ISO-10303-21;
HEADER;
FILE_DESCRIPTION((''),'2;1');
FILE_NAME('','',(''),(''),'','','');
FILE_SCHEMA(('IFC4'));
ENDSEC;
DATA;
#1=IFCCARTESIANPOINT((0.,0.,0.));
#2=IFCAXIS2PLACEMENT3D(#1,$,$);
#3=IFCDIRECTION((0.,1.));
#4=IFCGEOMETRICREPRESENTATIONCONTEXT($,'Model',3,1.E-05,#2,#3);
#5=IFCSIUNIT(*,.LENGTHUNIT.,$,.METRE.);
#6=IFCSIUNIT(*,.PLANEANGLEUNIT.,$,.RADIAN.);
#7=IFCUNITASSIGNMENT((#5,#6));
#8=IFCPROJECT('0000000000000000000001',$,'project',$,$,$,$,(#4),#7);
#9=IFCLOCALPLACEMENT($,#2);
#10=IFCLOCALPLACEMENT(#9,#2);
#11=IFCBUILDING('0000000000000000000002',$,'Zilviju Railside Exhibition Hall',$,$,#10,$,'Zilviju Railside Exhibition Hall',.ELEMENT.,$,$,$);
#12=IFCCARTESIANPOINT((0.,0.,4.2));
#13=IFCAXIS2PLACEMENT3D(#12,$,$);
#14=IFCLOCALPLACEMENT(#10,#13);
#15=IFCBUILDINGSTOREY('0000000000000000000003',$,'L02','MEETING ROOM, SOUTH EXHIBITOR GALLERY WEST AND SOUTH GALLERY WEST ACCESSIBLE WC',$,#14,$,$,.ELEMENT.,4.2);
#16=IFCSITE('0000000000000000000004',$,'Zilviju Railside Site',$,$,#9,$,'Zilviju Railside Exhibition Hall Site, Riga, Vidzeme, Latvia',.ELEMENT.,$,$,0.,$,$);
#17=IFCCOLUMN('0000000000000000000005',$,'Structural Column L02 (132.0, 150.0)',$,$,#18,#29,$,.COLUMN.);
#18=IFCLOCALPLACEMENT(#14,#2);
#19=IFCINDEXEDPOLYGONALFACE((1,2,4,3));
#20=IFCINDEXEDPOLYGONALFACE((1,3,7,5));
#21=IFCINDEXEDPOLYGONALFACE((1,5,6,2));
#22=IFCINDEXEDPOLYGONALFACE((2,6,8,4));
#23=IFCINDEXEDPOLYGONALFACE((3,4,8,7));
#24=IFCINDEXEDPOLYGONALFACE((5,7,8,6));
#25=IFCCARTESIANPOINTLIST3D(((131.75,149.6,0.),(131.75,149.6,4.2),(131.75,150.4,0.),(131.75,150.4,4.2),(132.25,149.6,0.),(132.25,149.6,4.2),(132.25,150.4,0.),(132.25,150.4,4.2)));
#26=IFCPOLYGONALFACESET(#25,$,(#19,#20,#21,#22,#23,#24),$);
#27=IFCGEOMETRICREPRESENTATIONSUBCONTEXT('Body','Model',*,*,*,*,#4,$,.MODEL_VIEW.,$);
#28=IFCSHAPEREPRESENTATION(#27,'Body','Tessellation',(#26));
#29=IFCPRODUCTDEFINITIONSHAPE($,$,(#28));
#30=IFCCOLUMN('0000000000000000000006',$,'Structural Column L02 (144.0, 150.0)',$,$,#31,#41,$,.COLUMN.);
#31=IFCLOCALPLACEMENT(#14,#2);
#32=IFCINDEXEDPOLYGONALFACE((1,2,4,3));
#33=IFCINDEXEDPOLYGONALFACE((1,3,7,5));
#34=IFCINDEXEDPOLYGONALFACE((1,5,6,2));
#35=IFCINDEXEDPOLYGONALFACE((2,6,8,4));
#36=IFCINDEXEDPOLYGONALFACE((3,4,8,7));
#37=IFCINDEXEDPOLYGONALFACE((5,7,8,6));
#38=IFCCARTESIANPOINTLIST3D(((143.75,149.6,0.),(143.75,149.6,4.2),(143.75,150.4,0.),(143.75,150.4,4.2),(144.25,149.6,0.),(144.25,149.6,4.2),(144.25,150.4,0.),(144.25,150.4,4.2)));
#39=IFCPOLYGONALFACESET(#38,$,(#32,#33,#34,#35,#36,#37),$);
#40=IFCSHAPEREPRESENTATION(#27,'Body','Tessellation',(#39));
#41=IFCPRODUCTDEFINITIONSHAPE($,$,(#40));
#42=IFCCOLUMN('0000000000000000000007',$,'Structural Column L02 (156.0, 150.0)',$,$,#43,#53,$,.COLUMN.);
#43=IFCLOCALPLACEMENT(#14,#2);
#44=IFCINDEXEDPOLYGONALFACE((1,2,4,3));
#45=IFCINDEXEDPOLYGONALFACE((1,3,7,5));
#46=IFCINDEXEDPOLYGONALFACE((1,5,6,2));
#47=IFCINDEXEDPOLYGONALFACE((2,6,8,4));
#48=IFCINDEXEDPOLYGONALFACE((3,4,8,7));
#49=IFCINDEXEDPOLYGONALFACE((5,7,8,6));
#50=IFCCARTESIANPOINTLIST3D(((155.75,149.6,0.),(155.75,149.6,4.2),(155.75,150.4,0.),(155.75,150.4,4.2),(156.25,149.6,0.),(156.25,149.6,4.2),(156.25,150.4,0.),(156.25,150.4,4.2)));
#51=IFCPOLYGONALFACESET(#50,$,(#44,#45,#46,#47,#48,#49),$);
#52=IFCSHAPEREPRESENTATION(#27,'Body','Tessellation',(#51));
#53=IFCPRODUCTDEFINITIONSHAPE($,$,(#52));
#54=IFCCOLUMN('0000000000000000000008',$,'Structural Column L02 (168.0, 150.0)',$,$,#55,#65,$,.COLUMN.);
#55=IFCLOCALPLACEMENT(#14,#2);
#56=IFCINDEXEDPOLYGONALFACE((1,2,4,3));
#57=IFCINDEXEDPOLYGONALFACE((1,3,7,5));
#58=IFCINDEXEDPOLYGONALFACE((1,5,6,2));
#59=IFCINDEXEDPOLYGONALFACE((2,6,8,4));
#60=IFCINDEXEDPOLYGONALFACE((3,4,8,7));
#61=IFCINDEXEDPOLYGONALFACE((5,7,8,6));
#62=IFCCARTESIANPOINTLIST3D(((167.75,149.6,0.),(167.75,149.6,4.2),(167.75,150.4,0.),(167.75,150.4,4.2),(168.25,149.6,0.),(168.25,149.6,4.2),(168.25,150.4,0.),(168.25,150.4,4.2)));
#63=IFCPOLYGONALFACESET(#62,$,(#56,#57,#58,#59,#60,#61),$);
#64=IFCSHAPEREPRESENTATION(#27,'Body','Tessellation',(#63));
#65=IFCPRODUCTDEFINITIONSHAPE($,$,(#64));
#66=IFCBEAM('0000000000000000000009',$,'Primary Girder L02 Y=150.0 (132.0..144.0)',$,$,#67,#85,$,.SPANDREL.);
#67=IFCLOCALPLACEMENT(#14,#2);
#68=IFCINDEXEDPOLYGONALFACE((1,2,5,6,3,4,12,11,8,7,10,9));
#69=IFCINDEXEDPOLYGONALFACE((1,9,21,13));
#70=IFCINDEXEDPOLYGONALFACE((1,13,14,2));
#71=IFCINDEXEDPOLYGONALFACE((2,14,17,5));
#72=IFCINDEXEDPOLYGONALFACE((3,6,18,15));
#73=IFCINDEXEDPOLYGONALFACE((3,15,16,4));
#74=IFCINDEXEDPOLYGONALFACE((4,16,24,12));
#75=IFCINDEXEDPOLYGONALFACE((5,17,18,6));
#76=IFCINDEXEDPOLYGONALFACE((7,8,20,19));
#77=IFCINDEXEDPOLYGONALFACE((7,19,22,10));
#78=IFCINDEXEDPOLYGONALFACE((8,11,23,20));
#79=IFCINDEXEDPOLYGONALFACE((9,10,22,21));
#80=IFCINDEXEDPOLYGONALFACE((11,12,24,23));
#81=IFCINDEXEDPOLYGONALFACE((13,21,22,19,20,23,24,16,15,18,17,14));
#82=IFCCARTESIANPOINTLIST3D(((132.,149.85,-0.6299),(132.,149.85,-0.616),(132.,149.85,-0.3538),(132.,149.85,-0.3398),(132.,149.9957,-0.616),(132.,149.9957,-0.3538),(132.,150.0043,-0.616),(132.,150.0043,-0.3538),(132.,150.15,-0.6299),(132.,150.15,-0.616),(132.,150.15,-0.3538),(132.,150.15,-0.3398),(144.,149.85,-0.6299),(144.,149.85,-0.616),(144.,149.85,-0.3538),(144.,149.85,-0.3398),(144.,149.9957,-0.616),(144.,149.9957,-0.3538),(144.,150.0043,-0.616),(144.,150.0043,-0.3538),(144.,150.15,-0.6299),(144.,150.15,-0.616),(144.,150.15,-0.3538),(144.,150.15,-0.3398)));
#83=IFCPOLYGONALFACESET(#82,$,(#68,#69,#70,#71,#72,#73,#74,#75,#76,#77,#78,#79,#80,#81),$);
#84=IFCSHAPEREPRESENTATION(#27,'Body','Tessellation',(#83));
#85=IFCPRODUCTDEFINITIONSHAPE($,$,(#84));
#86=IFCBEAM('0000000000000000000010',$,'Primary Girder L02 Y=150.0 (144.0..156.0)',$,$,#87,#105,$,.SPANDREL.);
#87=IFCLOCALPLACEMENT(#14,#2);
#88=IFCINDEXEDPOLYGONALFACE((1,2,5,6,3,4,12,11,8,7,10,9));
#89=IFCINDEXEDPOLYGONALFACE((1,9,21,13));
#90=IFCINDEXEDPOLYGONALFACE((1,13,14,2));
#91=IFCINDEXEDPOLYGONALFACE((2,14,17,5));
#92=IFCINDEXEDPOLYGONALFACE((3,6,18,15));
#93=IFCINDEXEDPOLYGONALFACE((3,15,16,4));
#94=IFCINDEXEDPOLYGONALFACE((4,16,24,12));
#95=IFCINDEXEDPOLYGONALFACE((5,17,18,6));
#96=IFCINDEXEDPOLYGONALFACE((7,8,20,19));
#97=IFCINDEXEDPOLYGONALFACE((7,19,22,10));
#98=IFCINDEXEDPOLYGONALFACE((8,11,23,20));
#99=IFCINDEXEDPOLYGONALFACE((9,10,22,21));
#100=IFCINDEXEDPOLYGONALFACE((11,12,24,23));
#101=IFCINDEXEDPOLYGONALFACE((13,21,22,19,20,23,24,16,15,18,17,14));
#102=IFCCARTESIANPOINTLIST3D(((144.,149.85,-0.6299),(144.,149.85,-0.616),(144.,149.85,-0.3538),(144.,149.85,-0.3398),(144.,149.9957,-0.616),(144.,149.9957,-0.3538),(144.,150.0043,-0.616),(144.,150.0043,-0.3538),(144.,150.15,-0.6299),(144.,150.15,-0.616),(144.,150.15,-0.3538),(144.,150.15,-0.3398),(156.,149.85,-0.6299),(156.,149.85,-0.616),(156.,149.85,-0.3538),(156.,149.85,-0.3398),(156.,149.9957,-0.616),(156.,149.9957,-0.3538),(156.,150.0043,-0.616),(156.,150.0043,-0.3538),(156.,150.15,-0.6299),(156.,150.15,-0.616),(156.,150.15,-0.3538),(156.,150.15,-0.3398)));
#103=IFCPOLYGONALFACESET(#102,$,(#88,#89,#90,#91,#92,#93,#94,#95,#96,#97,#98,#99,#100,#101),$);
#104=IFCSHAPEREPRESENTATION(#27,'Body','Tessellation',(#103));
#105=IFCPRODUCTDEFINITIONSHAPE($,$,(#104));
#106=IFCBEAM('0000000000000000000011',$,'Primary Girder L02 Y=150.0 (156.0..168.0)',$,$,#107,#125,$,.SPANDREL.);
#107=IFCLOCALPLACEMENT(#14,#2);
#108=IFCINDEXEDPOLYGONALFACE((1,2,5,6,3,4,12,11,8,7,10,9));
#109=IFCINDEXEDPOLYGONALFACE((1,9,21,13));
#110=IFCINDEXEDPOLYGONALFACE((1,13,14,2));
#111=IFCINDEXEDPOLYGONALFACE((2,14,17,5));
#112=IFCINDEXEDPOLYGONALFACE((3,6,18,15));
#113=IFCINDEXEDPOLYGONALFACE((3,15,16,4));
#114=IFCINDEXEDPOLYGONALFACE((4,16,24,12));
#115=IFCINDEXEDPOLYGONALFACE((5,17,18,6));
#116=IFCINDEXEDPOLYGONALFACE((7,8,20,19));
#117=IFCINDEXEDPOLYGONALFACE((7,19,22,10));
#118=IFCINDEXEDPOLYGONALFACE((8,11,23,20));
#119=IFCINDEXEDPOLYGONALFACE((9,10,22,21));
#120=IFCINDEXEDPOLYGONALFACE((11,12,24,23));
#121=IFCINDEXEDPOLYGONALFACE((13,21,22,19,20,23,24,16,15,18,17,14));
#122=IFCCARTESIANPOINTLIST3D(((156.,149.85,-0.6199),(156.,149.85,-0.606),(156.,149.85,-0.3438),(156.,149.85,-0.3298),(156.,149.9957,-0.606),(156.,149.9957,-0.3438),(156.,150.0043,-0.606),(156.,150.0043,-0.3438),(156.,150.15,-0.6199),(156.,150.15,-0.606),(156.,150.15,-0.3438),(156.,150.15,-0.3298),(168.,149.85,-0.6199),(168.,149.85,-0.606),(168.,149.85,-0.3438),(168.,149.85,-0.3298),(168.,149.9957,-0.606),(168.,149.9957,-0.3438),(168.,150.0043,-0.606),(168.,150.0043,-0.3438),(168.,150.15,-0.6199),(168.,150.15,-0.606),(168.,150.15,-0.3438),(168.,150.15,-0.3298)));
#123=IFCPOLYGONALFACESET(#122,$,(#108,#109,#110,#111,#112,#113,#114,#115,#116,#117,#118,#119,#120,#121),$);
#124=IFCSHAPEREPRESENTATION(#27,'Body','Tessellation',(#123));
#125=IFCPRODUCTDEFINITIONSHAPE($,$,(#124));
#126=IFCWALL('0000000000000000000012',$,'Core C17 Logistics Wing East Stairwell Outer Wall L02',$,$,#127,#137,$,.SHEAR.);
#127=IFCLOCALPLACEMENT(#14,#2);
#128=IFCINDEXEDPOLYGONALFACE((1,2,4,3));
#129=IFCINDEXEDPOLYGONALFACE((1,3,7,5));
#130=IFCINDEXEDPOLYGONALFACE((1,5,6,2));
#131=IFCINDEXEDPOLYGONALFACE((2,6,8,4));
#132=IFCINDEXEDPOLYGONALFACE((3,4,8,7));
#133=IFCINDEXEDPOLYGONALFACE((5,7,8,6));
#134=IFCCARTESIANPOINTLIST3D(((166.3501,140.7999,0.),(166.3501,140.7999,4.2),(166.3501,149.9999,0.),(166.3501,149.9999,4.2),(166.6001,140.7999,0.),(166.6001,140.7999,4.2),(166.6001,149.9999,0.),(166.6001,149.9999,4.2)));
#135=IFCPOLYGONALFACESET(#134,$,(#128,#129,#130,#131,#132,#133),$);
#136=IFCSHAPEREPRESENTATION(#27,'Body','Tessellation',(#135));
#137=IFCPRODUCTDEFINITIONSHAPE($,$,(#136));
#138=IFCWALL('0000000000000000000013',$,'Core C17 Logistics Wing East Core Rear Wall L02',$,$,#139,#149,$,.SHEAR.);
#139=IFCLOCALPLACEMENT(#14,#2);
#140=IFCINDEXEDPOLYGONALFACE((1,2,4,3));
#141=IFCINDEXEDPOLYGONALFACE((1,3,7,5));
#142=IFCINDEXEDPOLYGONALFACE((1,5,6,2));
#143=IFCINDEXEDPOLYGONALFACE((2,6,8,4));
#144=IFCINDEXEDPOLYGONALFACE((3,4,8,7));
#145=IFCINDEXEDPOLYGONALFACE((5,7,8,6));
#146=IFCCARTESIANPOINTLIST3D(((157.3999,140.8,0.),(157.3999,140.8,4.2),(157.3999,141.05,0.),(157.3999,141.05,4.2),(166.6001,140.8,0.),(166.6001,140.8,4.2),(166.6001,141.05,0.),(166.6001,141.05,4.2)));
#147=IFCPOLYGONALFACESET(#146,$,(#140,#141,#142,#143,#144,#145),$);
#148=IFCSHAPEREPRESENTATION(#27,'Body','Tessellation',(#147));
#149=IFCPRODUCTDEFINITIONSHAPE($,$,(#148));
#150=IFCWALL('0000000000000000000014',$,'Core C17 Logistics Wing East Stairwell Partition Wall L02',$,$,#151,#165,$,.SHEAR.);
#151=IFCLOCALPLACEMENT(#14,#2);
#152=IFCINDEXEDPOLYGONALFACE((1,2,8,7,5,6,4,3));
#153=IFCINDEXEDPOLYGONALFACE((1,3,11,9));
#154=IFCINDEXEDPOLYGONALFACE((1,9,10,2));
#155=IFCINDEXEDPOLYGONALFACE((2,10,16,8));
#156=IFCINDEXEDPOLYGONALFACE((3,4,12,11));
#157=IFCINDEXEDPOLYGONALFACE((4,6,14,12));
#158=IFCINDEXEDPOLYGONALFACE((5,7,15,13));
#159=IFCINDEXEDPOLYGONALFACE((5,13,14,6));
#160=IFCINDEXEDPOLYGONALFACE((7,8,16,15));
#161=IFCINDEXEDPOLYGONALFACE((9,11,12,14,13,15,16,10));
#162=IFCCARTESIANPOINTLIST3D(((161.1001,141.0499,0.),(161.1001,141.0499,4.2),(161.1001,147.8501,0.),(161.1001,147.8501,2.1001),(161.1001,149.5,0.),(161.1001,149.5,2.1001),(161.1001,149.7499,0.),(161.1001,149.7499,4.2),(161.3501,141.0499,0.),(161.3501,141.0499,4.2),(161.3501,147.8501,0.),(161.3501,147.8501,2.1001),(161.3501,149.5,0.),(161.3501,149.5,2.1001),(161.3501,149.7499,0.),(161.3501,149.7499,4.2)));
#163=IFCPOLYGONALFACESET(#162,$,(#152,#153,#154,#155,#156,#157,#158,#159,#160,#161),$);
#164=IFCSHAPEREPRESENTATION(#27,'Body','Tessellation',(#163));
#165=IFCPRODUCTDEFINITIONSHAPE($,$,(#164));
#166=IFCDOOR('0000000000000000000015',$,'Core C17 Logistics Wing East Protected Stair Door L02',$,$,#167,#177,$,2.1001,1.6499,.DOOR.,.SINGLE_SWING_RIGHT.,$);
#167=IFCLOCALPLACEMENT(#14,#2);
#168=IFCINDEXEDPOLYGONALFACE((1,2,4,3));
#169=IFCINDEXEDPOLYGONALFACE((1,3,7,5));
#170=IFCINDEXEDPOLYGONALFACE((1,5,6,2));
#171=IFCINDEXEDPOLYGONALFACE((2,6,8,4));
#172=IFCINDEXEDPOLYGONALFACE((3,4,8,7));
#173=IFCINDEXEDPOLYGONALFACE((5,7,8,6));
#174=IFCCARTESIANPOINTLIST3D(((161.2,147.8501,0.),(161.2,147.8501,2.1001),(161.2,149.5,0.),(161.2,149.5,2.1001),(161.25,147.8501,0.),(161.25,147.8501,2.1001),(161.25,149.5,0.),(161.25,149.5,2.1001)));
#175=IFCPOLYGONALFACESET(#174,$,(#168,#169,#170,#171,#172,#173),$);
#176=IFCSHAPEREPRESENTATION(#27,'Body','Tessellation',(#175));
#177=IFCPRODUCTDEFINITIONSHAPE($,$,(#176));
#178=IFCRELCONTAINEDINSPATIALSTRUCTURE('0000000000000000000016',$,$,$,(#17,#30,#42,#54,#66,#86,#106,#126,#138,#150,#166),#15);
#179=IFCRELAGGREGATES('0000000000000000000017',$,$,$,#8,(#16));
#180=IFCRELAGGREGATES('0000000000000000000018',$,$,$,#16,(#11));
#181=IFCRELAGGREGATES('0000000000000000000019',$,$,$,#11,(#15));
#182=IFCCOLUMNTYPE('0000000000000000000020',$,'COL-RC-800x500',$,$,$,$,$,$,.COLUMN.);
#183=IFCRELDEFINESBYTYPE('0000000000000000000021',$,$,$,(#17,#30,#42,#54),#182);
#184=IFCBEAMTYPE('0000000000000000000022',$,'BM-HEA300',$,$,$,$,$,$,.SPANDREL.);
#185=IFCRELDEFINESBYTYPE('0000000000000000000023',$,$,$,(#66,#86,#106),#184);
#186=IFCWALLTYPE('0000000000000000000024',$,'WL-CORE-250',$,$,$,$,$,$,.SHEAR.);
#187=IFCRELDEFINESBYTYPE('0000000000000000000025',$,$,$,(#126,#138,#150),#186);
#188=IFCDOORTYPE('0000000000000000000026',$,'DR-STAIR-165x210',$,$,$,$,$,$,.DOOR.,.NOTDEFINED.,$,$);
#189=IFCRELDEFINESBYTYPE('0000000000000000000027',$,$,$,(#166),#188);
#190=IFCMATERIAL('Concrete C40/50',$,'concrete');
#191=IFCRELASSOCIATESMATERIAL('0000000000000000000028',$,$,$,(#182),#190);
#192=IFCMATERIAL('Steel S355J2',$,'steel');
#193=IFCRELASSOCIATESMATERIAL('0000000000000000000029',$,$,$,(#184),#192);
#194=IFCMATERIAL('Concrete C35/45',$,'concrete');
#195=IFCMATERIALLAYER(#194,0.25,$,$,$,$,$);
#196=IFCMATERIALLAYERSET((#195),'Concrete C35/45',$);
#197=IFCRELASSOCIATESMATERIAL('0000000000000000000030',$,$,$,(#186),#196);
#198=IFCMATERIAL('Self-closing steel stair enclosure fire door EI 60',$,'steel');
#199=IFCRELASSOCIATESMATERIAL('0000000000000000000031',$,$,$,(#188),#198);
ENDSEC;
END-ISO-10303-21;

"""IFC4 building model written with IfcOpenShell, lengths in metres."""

from ifc_helpers import new_model, si_unit, direction, frame, frame_2d, origin, origin_2d, place, context, subcontext, project, spatial, rectangle, i_section, extrude, material, layer, layer_set, material_profile, profile_set, type_object, element, fill, save


model = new_model("IFC4")

# Units and contexts
model_context = context("Model", 3, precision=1e-05, world=origin(), true_north=direction((0.0, 1.0)))
body_context = subcontext(model_context, "Body", "Model", "MODEL_VIEW")
ifc_project = project(units=[si_unit("LENGTHUNIT", "METRE"), si_unit("PLANEANGLEUNIT", "RADIAN")], contexts=[model_context])

# Site, building, storey
site_placement = place(None, origin())
site = spatial("IfcSite", under=ifc_project, at=site_placement, Name="Zilviju Railside Site", LongName="Zilviju Railside Exhibition Hall Site, Riga, Vidzeme, Latvia", CompositionType="ELEMENT", RefElevation=0.0)
building_placement = place(site_placement, origin())
building = spatial("IfcBuilding", under=site, at=building_placement, Name="Zilviju Railside Exhibition Hall", LongName="Zilviju Railside Exhibition Hall", CompositionType="ELEMENT")
storey_placement = place(building_placement, frame((0.0, 0.0, 4.2)))
storey = spatial("IfcBuildingStorey", under=building, at=storey_placement, Name="L02", Description="MEETING ROOM, SOUTH EXHIBITOR GALLERY WEST AND SOUTH GALLERY WEST ACCESSIBLE WC", CompositionType="ELEMENT", Elevation=4.2)

# Columns
ifc_material_1 = material(Name="Concrete C40/50", Category="concrete")
ifc_material_profile_1 = material_profile(ifc_material_1, rectangle(XDim=0.5, YDim=0.8, at=origin_2d()), Name="RC COL 500x800")
ifc_profile_set_1 = profile_set([ifc_material_profile_1], Name="Concrete C40/50")
column_type = type_object("IfcColumnType", Name="COL-RC-800x500", PredefinedType="COLUMN", material=ifc_profile_set_1)
for number, where, z_axis, x_axis, name in (
    (1, (132.0, 150.0, 0.0), (0.0, 0.0, 1.0), (1.0, 0.0, 0.0), "Structural Column L02 (132.0, 150.0)"),
    (2, (144.0, 150.0, 0.0), (0.0, 0.0, 1.0), (1.0, 0.0, 0.0), "Structural Column L02 (144.0, 150.0)"),
    (3, (156.0, 150.0, 0.0), (0.0, 0.0, 1.0), (1.0, 0.0, 0.0), "Structural Column L02 (156.0, 150.0)"),
    (4, (168.0, 150.0, 0.0), (0.0, 0.0, 1.0), (1.0, 0.0, 0.0), "Structural Column L02 (168.0, 150.0)"),
):
    element("IfcColumn", number, at=place(storey_placement, frame(where, z_axis=z_axis, x_axis=x_axis)), inside=storey, type_object=column_type, Name=name, PredefinedType="COLUMN", context=body_context, shape_type="SweptSolid", body=[
        extrude(rectangle(XDim=0.5, YDim=0.8, at=origin_2d()), origin(), (0.0, 0.0, 1.0), 4.2),
    ])

# Beams
ifc_material_2 = material(Name="Steel S355J2", Category="steel")
ifc_material_profile_2 = material_profile(ifc_material_2, i_section(OverallWidth=0.3, OverallDepth=0.29, WebThickness=0.0085, FlangeThickness=0.0139, at=origin_2d()), Name="HEA 300")
ifc_profile_set_2 = profile_set([ifc_material_profile_2], Name="Steel S355J2")
beam_type = type_object("IfcBeamType", Name="BM-HEA300", PredefinedType="SPANDREL", material=ifc_profile_set_2)
for number, where, z_axis, x_axis, name in (
    (5, (132.0, 150.0, -0.4849), (1.0, 0.0, 0.0), (0.0, 1.0, 0.0), "Primary Girder L02 Y=150.0 (132.0..144.0)"),
    (6, (144.0, 150.0, -0.4849), (1.0, 0.0, 0.0), (0.0, 1.0, 0.0), "Primary Girder L02 Y=150.0 (144.0..156.0)"),
    (7, (156.0, 150.0, -0.4749), (1.0, 0.0, 0.0), (0.0, 1.0, 0.0), "Primary Girder L02 Y=150.0 (156.0..168.0)"),
):
    element("IfcBeam", number, at=place(storey_placement, frame(where, z_axis=z_axis, x_axis=x_axis)), inside=storey, type_object=beam_type, Name=name, PredefinedType="SPANDREL", context=body_context, shape_type="SweptSolid", body=[
        extrude(i_section(OverallWidth=0.3, OverallDepth=0.29, WebThickness=0.0085, FlangeThickness=0.0139, at=origin_2d()), origin(), (0.0, 0.0, 1.0), 12.0),
    ])

# Walls
ifc_material_3 = material(Name="Concrete C35/45", Category="concrete")
ifc_layer_1 = layer(ifc_material_3, 0.25)
ifc_layer_set_1 = layer_set([ifc_layer_1], Name="Concrete C35/45")
wall_type_1 = type_object("IfcWallType", Name="WL-CORE-250", PredefinedType="SHEAR", material=ifc_layer_set_1)
wall_1_placement = place(storey_placement, frame((166.4751, 150.0, 0.0), z_axis=(0.0, 0.0, 1.0), x_axis=(0.0, -1.0, 0.0)))
element("IfcWall", 8, at=wall_1_placement, inside=storey, type_object=wall_type_1, Name="Core C17 Logistics Wing East Stairwell Outer Wall L02", PredefinedType="SHEAR", context=body_context, shape_type="SweptSolid", body=[
    extrude(rectangle(XDim=9.2, YDim=0.25, at=frame_2d((4.6001, 0.0))), origin(), (0.0, 0.0, 1.0), 4.2),
])
wall_2_placement = place(storey_placement, frame((166.6001, 140.925, 0.0), z_axis=(0.0, 0.0, 1.0), x_axis=(-1.0, 0.0, 0.0)))
element("IfcWall", 9, at=wall_2_placement, inside=storey, type_object=wall_type_1, Name="Core C17 Logistics Wing East Core Rear Wall L02", PredefinedType="SHEAR", context=body_context, shape_type="SweptSolid", body=[
    extrude(rectangle(XDim=9.2002, YDim=0.25, at=frame_2d((4.6001, 0.0))), origin(), (0.0, 0.0, 1.0), 4.2),
])

# Wall, opening, door
wall_3_placement = place(storey_placement, frame((161.2251, 149.75, 0.0), z_axis=(0.0, 0.0, 1.0), x_axis=(0.0, -1.0, 0.0)))
wall_3 = element("IfcWall", 10, at=wall_3_placement, inside=storey, type_object=wall_type_1, Name="Core C17 Logistics Wing East Stairwell Partition Wall L02", PredefinedType="SHEAR", context=body_context, shape_type="SweptSolid", body=[
    extrude(rectangle(XDim=8.7, YDim=0.25, at=frame_2d((4.3501, 0.0))), origin(), (0.0, 0.0, 1.0), 4.2),
])
opening_1_placement = place(wall_3_placement, frame((0.25, 0.0, 0.0)))
opening_1 = element("IfcOpeningElement", 11, at=opening_1_placement, cuts=wall_3, PredefinedType="OPENING", context=body_context, shape_type="SweptSolid", body=[
    extrude(rectangle(XDim=1.6499, YDim=2.1001, at=frame_2d((0.825, 1.05))), frame((0.0, 0.135, 0.0), z_axis=(0.0, -1.0, 0.0), x_axis=(1.0, 0.0, 0.0)), (0.0, 0.0, 1.0), 0.27),
])
ifc_material_4 = material(Name="Self-closing steel stair enclosure fire door EI 60", Category="steel")
door_type_1 = type_object("IfcDoorType", Name="DR-STAIR-165x210", OperationType="NOTDEFINED", PredefinedType="DOOR", material=ifc_material_4)
door_1_placement = place(opening_1_placement, origin())
door_1 = element("IfcDoor", 12, at=door_1_placement, inside=storey, type_object=door_type_1, Name="Core C17 Logistics Wing East Protected Stair Door L02", OperationType="SINGLE_SWING_RIGHT", OverallHeight=2.1001, OverallWidth=1.6499, PredefinedType="DOOR", context=body_context, shape_type="SweptSolid", body=[
    extrude(rectangle(XDim=1.6499, YDim=2.1001, at=frame_2d((0.825, 1.05))), frame((0.0, 0.0249, 0.0), z_axis=(0.0, -1.0, 0.0), x_axis=(1.0, 0.0, 0.0)), (0.0, 0.0, 1.0), 0.05),
])
fill(opening_1, door_1)

save(model, "model.ifc")
